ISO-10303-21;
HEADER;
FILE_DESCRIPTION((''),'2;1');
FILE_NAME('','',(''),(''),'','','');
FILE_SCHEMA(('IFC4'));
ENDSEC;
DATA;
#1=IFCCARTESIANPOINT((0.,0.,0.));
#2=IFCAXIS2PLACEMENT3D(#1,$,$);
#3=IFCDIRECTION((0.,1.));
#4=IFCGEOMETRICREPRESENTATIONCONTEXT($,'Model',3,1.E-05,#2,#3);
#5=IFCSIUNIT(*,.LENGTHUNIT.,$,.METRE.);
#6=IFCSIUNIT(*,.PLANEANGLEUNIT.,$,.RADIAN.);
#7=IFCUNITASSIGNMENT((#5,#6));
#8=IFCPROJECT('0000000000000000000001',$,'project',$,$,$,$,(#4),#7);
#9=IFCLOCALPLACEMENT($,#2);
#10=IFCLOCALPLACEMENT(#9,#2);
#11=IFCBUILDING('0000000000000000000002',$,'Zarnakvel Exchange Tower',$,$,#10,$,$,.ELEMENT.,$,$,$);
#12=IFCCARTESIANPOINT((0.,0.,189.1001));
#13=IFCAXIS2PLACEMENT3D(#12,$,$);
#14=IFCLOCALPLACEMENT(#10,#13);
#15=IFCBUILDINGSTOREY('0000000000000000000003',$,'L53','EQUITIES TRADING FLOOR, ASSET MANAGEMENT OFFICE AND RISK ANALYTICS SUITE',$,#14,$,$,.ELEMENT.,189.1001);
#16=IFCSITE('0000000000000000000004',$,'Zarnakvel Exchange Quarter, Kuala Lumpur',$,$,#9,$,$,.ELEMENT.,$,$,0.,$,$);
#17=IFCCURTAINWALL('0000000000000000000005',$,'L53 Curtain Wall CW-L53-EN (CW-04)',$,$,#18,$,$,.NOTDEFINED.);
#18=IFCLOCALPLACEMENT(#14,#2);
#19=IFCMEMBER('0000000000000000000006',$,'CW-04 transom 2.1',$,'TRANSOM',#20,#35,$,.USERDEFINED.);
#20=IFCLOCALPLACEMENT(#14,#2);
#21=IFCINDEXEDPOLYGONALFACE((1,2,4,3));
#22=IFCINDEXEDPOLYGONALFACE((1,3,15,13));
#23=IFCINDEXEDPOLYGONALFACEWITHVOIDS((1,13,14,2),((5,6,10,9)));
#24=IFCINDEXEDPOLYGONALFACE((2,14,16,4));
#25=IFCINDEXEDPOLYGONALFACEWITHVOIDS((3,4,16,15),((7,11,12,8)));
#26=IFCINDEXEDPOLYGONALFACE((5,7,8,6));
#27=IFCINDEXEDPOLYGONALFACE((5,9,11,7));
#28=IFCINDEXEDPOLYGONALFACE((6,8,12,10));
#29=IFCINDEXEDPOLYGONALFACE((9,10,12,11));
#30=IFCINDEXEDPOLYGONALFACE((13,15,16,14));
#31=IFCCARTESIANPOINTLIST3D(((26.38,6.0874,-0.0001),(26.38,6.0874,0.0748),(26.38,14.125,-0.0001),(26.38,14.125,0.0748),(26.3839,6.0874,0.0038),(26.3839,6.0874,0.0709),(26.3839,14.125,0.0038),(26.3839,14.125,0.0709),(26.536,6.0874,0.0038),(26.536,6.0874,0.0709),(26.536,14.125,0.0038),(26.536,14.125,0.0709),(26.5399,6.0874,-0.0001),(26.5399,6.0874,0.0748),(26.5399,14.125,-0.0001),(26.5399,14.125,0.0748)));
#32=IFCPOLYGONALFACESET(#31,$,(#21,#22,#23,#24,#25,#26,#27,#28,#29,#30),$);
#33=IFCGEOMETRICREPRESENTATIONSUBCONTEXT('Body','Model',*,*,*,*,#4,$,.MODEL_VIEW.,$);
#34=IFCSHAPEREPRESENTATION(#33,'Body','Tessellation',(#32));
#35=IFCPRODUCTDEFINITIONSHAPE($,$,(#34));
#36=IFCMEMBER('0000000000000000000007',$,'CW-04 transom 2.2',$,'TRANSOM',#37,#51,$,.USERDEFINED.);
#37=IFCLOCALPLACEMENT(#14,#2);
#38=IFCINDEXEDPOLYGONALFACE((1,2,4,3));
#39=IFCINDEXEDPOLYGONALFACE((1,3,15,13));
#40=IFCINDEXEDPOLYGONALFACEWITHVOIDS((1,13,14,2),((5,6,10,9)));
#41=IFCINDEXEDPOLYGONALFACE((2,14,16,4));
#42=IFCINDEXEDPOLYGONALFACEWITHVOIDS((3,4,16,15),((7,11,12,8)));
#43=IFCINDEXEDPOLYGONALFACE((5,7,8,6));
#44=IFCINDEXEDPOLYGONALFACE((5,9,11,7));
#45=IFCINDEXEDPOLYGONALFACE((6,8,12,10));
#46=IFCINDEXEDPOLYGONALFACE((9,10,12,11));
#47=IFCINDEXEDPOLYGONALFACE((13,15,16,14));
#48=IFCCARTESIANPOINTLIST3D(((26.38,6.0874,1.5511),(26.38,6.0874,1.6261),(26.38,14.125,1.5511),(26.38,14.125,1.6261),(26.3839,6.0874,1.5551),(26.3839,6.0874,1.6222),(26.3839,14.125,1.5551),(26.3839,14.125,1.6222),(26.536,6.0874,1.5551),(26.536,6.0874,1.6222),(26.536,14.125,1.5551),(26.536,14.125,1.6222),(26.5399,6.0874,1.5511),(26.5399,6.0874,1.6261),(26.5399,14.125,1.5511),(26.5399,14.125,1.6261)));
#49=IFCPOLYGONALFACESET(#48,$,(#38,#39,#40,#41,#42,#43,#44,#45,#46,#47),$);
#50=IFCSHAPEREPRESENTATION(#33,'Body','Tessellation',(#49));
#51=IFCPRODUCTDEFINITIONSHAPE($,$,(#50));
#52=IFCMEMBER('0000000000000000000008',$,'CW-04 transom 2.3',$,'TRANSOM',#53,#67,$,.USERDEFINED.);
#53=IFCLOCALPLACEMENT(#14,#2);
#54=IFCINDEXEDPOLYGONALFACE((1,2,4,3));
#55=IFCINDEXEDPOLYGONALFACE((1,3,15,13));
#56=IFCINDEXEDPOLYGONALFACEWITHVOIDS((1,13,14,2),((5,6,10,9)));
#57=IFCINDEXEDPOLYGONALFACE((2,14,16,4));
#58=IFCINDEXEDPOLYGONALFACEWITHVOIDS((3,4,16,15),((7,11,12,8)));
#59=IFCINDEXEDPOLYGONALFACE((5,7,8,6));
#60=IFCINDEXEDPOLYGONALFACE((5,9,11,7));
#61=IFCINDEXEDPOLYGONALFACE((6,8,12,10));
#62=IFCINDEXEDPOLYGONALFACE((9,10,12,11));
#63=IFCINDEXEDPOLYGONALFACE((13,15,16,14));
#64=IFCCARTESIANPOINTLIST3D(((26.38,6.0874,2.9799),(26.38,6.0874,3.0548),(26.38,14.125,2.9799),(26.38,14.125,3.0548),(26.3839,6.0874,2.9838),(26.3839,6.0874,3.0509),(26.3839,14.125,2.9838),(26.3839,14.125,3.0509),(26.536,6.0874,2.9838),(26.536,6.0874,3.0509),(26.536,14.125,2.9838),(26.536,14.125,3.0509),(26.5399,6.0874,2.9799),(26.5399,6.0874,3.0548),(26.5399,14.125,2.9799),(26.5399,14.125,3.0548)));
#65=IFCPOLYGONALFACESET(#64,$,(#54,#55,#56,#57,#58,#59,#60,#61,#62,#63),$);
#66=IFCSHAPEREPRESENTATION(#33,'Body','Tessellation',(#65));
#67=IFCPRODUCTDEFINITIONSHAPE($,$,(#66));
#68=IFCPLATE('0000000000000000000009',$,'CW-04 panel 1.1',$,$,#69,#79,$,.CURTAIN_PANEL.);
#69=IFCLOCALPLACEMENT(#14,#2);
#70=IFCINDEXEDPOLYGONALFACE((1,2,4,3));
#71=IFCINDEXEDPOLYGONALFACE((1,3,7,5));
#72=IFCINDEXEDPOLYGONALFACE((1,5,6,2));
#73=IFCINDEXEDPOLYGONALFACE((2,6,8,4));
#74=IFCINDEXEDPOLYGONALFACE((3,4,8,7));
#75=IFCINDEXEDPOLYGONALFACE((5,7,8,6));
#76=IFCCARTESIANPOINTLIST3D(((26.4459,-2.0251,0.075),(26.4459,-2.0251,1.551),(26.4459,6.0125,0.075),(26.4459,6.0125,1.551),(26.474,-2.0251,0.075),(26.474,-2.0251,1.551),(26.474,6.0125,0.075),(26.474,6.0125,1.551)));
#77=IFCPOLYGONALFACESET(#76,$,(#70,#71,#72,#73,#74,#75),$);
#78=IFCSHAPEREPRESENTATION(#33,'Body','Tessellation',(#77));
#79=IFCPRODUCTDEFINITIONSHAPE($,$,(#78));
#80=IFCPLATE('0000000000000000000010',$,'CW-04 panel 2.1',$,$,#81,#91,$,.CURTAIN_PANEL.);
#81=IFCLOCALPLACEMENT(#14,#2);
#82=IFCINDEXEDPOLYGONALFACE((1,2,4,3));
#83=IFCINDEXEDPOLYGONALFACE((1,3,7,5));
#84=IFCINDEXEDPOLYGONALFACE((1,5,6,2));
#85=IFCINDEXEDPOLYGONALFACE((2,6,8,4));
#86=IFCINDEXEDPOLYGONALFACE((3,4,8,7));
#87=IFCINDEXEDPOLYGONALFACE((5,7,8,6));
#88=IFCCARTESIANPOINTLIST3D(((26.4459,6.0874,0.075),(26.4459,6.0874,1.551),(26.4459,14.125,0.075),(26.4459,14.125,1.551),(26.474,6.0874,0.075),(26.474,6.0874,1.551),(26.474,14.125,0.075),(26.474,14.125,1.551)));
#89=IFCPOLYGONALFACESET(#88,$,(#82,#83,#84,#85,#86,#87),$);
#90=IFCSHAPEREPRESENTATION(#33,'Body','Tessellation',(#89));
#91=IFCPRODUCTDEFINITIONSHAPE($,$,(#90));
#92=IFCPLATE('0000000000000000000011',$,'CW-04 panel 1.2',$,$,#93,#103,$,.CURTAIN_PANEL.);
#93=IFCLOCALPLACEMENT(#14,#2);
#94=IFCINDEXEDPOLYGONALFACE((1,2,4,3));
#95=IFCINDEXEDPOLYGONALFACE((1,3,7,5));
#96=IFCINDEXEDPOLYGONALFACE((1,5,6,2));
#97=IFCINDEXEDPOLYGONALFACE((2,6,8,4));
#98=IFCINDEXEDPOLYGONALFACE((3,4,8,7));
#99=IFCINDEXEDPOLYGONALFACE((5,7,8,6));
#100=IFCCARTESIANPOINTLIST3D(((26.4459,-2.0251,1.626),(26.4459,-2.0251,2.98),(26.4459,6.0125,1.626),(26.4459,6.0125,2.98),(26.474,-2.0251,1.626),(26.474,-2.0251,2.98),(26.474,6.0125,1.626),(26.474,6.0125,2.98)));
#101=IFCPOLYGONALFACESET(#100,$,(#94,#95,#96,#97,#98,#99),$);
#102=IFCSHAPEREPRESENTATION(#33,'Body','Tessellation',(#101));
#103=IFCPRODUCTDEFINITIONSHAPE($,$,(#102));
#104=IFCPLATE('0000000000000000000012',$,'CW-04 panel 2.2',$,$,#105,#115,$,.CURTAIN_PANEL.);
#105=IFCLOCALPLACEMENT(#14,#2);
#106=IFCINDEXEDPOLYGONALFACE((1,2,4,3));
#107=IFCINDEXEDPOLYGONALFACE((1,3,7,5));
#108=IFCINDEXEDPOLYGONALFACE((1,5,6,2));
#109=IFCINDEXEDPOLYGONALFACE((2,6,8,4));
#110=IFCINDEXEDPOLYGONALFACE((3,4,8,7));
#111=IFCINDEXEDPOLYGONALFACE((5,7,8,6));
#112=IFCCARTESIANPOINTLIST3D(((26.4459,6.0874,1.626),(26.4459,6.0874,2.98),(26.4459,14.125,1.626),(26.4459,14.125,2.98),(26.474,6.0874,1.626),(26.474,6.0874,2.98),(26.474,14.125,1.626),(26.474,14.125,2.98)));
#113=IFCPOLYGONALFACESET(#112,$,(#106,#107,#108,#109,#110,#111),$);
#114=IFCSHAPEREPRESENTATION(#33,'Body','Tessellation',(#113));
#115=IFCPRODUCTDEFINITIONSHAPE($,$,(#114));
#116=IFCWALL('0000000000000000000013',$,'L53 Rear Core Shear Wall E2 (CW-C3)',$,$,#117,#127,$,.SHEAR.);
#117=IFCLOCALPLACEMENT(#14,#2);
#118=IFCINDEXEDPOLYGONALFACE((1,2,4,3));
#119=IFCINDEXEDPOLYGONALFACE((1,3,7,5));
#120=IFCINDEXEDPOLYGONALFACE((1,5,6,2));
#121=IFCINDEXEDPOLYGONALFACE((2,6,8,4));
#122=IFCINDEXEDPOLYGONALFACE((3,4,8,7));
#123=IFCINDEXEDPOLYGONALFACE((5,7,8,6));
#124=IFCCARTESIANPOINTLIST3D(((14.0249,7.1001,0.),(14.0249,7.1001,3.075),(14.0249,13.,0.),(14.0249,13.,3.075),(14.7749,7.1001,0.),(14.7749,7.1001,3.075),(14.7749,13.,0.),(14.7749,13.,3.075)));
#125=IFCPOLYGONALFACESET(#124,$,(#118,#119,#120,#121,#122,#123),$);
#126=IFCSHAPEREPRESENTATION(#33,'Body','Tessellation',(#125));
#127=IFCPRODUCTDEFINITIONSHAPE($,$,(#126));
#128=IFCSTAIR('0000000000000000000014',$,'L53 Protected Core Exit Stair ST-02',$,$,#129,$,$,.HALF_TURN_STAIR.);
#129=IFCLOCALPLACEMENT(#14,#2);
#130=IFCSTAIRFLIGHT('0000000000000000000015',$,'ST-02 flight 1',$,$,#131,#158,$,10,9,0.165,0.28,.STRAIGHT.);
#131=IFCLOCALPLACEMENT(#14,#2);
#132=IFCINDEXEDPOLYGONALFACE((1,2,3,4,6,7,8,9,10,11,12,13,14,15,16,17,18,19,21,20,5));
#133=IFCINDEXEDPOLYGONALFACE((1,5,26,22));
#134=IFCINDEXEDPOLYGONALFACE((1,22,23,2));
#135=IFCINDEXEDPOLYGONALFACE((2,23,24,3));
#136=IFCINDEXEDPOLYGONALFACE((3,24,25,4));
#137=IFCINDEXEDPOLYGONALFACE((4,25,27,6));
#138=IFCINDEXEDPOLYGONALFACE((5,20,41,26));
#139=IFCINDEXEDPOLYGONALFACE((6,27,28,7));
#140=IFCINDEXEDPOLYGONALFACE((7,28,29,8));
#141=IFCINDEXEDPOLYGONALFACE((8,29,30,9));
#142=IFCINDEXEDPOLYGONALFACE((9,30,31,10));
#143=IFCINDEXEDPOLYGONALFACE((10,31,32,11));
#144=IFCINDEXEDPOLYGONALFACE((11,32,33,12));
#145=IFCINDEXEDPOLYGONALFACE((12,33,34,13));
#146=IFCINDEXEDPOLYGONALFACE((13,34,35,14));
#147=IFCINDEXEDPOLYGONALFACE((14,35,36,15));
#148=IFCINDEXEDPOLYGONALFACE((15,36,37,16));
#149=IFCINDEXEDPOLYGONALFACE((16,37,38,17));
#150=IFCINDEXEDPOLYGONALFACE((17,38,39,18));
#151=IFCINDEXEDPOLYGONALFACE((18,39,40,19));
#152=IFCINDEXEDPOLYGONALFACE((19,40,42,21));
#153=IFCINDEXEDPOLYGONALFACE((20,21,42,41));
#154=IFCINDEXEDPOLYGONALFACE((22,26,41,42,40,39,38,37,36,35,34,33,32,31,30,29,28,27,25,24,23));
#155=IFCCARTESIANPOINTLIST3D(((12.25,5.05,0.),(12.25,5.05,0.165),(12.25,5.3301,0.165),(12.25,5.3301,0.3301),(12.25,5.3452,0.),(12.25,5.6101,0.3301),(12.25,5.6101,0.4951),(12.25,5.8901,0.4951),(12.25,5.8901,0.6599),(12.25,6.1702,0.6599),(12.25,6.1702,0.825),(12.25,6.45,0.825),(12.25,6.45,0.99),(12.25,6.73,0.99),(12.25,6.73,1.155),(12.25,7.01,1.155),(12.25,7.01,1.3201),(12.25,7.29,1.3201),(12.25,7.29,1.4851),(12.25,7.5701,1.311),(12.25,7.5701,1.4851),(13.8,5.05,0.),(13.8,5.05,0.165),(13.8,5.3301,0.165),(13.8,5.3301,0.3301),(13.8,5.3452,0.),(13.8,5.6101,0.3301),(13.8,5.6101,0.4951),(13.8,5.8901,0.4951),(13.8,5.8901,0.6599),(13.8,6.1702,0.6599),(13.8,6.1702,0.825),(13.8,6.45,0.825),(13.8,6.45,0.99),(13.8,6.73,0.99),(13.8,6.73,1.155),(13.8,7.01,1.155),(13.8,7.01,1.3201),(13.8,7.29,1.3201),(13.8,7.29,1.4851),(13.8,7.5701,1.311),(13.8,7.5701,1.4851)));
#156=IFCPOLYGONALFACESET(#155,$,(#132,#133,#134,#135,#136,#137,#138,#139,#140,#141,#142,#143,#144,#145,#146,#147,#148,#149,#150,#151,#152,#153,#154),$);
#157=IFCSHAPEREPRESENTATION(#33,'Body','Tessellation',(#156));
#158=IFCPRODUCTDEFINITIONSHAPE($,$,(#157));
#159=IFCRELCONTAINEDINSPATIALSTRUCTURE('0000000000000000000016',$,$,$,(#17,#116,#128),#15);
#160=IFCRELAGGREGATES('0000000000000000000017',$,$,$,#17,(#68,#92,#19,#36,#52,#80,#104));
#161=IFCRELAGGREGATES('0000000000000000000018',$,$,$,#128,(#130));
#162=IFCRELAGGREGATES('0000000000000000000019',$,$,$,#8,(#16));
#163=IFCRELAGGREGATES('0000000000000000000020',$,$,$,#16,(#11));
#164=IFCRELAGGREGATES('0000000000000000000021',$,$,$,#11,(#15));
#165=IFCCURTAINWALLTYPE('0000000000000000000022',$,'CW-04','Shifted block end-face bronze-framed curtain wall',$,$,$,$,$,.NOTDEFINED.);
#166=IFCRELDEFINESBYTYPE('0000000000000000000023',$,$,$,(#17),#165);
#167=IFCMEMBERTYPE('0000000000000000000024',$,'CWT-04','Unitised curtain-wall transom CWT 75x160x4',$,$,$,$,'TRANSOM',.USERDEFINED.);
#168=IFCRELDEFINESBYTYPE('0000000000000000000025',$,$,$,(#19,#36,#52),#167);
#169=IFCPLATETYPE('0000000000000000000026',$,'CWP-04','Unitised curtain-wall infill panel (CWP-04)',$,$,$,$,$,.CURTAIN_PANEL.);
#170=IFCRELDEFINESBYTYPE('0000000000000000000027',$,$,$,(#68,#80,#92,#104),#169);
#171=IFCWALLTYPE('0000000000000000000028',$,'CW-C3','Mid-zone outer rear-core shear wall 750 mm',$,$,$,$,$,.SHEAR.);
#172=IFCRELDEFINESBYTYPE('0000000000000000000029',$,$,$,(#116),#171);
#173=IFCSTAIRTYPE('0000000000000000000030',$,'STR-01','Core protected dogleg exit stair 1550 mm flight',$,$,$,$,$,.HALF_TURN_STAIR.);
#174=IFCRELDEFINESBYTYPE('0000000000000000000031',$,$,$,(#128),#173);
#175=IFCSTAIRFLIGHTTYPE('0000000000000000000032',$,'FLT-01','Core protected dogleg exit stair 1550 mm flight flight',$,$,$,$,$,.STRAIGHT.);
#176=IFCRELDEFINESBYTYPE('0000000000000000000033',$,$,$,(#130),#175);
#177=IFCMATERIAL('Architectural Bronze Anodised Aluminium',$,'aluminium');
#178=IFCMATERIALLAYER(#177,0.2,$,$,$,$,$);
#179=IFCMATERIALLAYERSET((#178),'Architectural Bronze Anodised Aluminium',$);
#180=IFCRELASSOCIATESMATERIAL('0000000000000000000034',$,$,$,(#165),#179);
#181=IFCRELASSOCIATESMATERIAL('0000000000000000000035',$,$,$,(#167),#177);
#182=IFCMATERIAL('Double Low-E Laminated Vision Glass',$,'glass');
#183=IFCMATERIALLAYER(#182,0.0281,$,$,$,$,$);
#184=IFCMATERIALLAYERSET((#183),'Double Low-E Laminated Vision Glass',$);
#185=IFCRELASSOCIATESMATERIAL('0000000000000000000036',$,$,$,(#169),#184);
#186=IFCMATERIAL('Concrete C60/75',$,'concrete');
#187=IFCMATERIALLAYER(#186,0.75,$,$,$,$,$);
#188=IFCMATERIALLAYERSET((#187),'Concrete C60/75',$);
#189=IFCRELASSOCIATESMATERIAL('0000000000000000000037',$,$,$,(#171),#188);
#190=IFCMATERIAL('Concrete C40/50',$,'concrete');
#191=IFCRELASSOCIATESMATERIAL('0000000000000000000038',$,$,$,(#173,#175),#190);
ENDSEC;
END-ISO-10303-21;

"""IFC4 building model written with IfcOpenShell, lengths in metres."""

from ifc_helpers import new_model, si_unit, direction, frame, frame_2d, origin, origin_2d, place, context, subcontext, project, spatial, polyline, rectangle, hollow_rectangle, outline, extrude, source, transform, mapped, material, layer, layer_set, material_profile, profile_set, type_object, element, aggregate, save


model = new_model("IFC4")

# Units and contexts
model_context = context("Model", 3, precision=1e-05, world=origin(), true_north=direction((0.0, 1.0)))
body_context = subcontext(model_context, "Body", "Model", "MODEL_VIEW")
ifc_project = project(units=[si_unit("LENGTHUNIT", "METRE"), si_unit("PLANEANGLEUNIT", "RADIAN")], contexts=[model_context])

# Site, building, storey
site_placement = place(None, origin())
site = spatial("IfcSite", under=ifc_project, at=site_placement, Name="Zarnakvel Exchange Quarter, Kuala Lumpur", CompositionType="ELEMENT", RefElevation=0.0)
building_placement = place(site_placement, origin())
building = spatial("IfcBuilding", under=site, at=building_placement, Name="Zarnakvel Exchange Tower", CompositionType="ELEMENT")
storey_placement = place(building_placement, frame((0.0, 0.0, 189.1001)))
storey = spatial("IfcBuildingStorey", under=building, at=storey_placement, Name="L53", Description="EQUITIES TRADING FLOOR, ASSET MANAGEMENT OFFICE AND RISK ANALYTICS SUITE", CompositionType="ELEMENT", Elevation=189.1001)

# Shared definitions
ifc_material_1 = material(Name="Concrete C60/75", Category="concrete")

# Curtain wall, members, plates
ifc_material_2 = material(Name="Architectural Bronze Anodised Aluminium", Category="aluminium")
ifc_layer_1 = layer(ifc_material_2, 0.2)
ifc_layer_set_1 = layer_set([ifc_layer_1], Name="Architectural Bronze Anodised Aluminium")
curtain_wall_type = type_object("IfcCurtainWallType", Name="CW-04", Description="Shifted block end-face bronze-framed curtain wall", PredefinedType="NOTDEFINED", material=ifc_layer_set_1)
curtain_wall_placement = place(storey_placement, origin())
curtain_wall = element("IfcCurtainWall", 1, at=curtain_wall_placement, inside=storey, type_object=curtain_wall_type, Name="L53 Curtain Wall CW-L53-EN (CW-04)", PredefinedType="NOTDEFINED")
ifc_material_profile_1 = material_profile(ifc_material_2, hollow_rectangle(XDim=0.1599, YDim=0.075, WallThickness=0.0039, at=origin_2d()))
ifc_profile_set_1 = profile_set([ifc_material_profile_1], Name="Architectural Bronze Anodised Aluminium")
member_type_1 = type_object("IfcMemberType", Name="CWT-04", Description="Unitised curtain-wall transom CWT 75x160x4", ElementType="TRANSOM", PredefinedType="USERDEFINED", material=ifc_profile_set_1)
shared_shape_1 = source(origin(), body_context, "Body", "SweptSolid", [
    extrude(hollow_rectangle(XDim=0.1599, YDim=0.075, WallThickness=0.0039, at=origin_2d()), origin(), (0.0, 0.0, 1.0), 8.0376),
])
member_1_placement = place(storey_placement, frame((26.46, 6.0874, 0.0374), z_axis=(0.0, 1.0, 0.0), x_axis=(-1.0, 0.0, 0.0)))
member_1 = element("IfcMember", 2, at=member_1_placement, type_object=member_type_1, Name="CW-04 transom 2.1", ObjectType="TRANSOM", PredefinedType="USERDEFINED", context=body_context, shape_type="MappedRepresentation", body=[
    mapped(shared_shape_1, transform((0.0, 0.0, 0.0), x_axis=(1.0, 0.0, 0.0), y_axis=(0.0, 1.0, 0.0), z_axis=(0.0, 0.0, 1.0), scale=1.0)),
])
member_2_placement = place(storey_placement, frame((26.46, 6.0874, 1.5886), z_axis=(0.0, 1.0, 0.0), x_axis=(-1.0, 0.0, 0.0)))
member_2 = element("IfcMember", 3, at=member_2_placement, type_object=member_type_1, Name="CW-04 transom 2.2", ObjectType="TRANSOM", PredefinedType="USERDEFINED", context=body_context, shape_type="MappedRepresentation", body=[
    mapped(shared_shape_1, transform((0.0, 0.0, 0.0), x_axis=(1.0, 0.0, 0.0), y_axis=(0.0, 1.0, 0.0), z_axis=(0.0, 0.0, 1.0), scale=1.0)),
])
member_3_placement = place(storey_placement, frame((26.46, 6.0874, 3.0173), z_axis=(0.0, 1.0, 0.0), x_axis=(-1.0, 0.0, 0.0)))
member_3 = element("IfcMember", 4, at=member_3_placement, type_object=member_type_1, Name="CW-04 transom 2.3", ObjectType="TRANSOM", PredefinedType="USERDEFINED", context=body_context, shape_type="MappedRepresentation", body=[
    mapped(shared_shape_1, transform((0.0, 0.0, 0.0), x_axis=(1.0, 0.0, 0.0), y_axis=(0.0, 1.0, 0.0), z_axis=(0.0, 0.0, 1.0), scale=1.0)),
])
ifc_material_3 = material(Name="Double Low-E Laminated Vision Glass", Category="glass")
ifc_layer_2 = layer(ifc_material_3, 0.0281)
ifc_layer_set_2 = layer_set([ifc_layer_2], Name="Double Low-E Laminated Vision Glass")
plate_type = type_object("IfcPlateType", Name="CWP-04", Description="Unitised curtain-wall infill panel (CWP-04)", PredefinedType="CURTAIN_PANEL", material=ifc_layer_set_2)
shared_shape_2 = source(origin(), body_context, "Body", "SweptSolid", [
    extrude(rectangle(XDim=8.0376, YDim=0.0281, at=origin_2d()), origin(), (0.0, 0.0, 1.0), 1.4761),
])
plate_1_placement = place(storey_placement, frame((26.46, 1.9937, 0.075), z_axis=(0.0, 0.0, 1.0), x_axis=(0.0, 1.0, 0.0)))
plate_1 = element("IfcPlate", 5, at=plate_1_placement, type_object=plate_type, Name="CW-04 panel 1.1", PredefinedType="CURTAIN_PANEL", context=body_context, shape_type="MappedRepresentation", body=[
    mapped(shared_shape_2, transform((0.0, 0.0, 0.0), x_axis=(1.0, 0.0, 0.0), y_axis=(0.0, 1.0, 0.0), z_axis=(0.0, 0.0, 1.0), scale=1.0)),
])
plate_2_placement = place(storey_placement, frame((26.46, 10.1062, 0.075), z_axis=(0.0, 0.0, 1.0), x_axis=(0.0, 1.0, 0.0)))
plate_2 = element("IfcPlate", 6, at=plate_2_placement, type_object=plate_type, Name="CW-04 panel 2.1", PredefinedType="CURTAIN_PANEL", context=body_context, shape_type="MappedRepresentation", body=[
    mapped(shared_shape_2, transform((0.0, 0.0, 0.0), x_axis=(1.0, 0.0, 0.0), y_axis=(0.0, 1.0, 0.0), z_axis=(0.0, 0.0, 1.0), scale=1.0)),
])
shared_shape_3 = source(origin(), body_context, "Body", "SweptSolid", [
    extrude(rectangle(XDim=8.0376, YDim=0.0281, at=origin_2d()), origin(), (0.0, 0.0, 1.0), 1.354),
])
plate_3_placement = place(storey_placement, frame((26.46, 1.9937, 1.626), z_axis=(0.0, 0.0, 1.0), x_axis=(0.0, 1.0, 0.0)))
plate_3 = element("IfcPlate", 7, at=plate_3_placement, type_object=plate_type, Name="CW-04 panel 1.2", PredefinedType="CURTAIN_PANEL", context=body_context, shape_type="MappedRepresentation", body=[
    mapped(shared_shape_3, transform((0.0, 0.0, 0.0), x_axis=(1.0, 0.0, 0.0), y_axis=(0.0, 1.0, 0.0), z_axis=(0.0, 0.0, 1.0), scale=1.0)),
])
plate_4_placement = place(storey_placement, frame((26.46, 10.1062, 1.626), z_axis=(0.0, 0.0, 1.0), x_axis=(0.0, 1.0, 0.0)))
plate_4 = element("IfcPlate", 8, at=plate_4_placement, type_object=plate_type, Name="CW-04 panel 2.2", PredefinedType="CURTAIN_PANEL", context=body_context, shape_type="MappedRepresentation", body=[
    mapped(shared_shape_3, transform((0.0, 0.0, 0.0), x_axis=(1.0, 0.0, 0.0), y_axis=(0.0, 1.0, 0.0), z_axis=(0.0, 0.0, 1.0), scale=1.0)),
])
aggregate(curtain_wall, [plate_1, plate_3, member_1, member_2, member_3, plate_2, plate_4])

# Wall
ifc_layer_3 = layer(ifc_material_1, 0.75)
ifc_layer_set_3 = layer_set([ifc_layer_3], Name="Concrete C60/75")
wall_type_1 = type_object("IfcWallType", Name="CW-C3", Description="Mid-zone outer rear-core shear wall 750 mm", PredefinedType="SHEAR", material=ifc_layer_set_3)
wall_1_placement = place(storey_placement, frame((14.3999, 7.1001, 0.0), z_axis=(0.0, 0.0, 1.0), x_axis=(0.0, 1.0, 0.0)))
element("IfcWall", 9, at=wall_1_placement, inside=storey, type_object=wall_type_1, Name="L53 Rear Core Shear Wall E2 (CW-C3)", PredefinedType="SHEAR", context=body_context, shape_type="SweptSolid", body=[
    extrude(rectangle(XDim=5.8999, YDim=0.75, at=frame_2d((2.95, 0.0))), origin(), (0.0, 0.0, 1.0), 3.075),
])

# Shared definitions
ifc_material_4 = material(Name="Concrete C40/50", Category="concrete")

# Stair, stair flight
stair_type = type_object("IfcStairType", Name="STR-01", Description="Core protected dogleg exit stair 1550 mm flight", PredefinedType="HALF_TURN_STAIR", material=ifc_material_4)
stair_placement = place(storey_placement, origin())
stair = element("IfcStair", 10, at=stair_placement, inside=storey, type_object=stair_type, Name="L53 Protected Core Exit Stair ST-02", PredefinedType="HALF_TURN_STAIR")
stair_flight_type = type_object("IfcStairFlightType", Name="FLT-01", Description="Core protected dogleg exit stair 1550 mm flight flight", PredefinedType="STRAIGHT", material=ifc_material_4)
stair_flight_1_placement = place(storey_placement, frame((13.0249, 5.05, 0.0), z_axis=(0.0, 0.0, 1.0), x_axis=(0.0, 1.0, 0.0)))
stair_flight_1 = element("IfcStairFlight", 11, at=stair_flight_1_placement, type_object=stair_flight_type, Name="ST-02 flight 1", NumberOfRisers=10, NumberOfTreads=9, PredefinedType="STRAIGHT", RiserHeight=0.165, TreadLength=0.28, context=body_context, shape_type="SweptSolid", body=[
    extrude(outline(polyline([(0.0, 0.0), (0.0, 0.165), (0.28, 0.165), (0.28, 0.3301), (0.5601, 0.3301), (0.5601, 0.4951), (0.8401, 0.4951), (0.8401, 0.6599), (1.1201, 0.6599), (1.1201, 0.825), (1.3999, 0.825), (1.3999, 0.99), (1.6799, 0.99), (1.6799, 1.155), (1.96, 1.155), (1.96, 1.3201), (2.24, 1.3201), (2.24, 1.4851), (2.52, 1.4851), (2.52, 1.6499), (2.52, 1.311), (0.2952, 0.0), (0.0, 0.0)])), frame((0.0, 0.7749, 0.0), z_axis=(0.0, -1.0, 0.0), x_axis=(1.0, 0.0, 0.0)), (0.0, 0.0, 1.0), 1.55),
])
aggregate(stair, [stair_flight_1])

save(model, "model.ifc")
